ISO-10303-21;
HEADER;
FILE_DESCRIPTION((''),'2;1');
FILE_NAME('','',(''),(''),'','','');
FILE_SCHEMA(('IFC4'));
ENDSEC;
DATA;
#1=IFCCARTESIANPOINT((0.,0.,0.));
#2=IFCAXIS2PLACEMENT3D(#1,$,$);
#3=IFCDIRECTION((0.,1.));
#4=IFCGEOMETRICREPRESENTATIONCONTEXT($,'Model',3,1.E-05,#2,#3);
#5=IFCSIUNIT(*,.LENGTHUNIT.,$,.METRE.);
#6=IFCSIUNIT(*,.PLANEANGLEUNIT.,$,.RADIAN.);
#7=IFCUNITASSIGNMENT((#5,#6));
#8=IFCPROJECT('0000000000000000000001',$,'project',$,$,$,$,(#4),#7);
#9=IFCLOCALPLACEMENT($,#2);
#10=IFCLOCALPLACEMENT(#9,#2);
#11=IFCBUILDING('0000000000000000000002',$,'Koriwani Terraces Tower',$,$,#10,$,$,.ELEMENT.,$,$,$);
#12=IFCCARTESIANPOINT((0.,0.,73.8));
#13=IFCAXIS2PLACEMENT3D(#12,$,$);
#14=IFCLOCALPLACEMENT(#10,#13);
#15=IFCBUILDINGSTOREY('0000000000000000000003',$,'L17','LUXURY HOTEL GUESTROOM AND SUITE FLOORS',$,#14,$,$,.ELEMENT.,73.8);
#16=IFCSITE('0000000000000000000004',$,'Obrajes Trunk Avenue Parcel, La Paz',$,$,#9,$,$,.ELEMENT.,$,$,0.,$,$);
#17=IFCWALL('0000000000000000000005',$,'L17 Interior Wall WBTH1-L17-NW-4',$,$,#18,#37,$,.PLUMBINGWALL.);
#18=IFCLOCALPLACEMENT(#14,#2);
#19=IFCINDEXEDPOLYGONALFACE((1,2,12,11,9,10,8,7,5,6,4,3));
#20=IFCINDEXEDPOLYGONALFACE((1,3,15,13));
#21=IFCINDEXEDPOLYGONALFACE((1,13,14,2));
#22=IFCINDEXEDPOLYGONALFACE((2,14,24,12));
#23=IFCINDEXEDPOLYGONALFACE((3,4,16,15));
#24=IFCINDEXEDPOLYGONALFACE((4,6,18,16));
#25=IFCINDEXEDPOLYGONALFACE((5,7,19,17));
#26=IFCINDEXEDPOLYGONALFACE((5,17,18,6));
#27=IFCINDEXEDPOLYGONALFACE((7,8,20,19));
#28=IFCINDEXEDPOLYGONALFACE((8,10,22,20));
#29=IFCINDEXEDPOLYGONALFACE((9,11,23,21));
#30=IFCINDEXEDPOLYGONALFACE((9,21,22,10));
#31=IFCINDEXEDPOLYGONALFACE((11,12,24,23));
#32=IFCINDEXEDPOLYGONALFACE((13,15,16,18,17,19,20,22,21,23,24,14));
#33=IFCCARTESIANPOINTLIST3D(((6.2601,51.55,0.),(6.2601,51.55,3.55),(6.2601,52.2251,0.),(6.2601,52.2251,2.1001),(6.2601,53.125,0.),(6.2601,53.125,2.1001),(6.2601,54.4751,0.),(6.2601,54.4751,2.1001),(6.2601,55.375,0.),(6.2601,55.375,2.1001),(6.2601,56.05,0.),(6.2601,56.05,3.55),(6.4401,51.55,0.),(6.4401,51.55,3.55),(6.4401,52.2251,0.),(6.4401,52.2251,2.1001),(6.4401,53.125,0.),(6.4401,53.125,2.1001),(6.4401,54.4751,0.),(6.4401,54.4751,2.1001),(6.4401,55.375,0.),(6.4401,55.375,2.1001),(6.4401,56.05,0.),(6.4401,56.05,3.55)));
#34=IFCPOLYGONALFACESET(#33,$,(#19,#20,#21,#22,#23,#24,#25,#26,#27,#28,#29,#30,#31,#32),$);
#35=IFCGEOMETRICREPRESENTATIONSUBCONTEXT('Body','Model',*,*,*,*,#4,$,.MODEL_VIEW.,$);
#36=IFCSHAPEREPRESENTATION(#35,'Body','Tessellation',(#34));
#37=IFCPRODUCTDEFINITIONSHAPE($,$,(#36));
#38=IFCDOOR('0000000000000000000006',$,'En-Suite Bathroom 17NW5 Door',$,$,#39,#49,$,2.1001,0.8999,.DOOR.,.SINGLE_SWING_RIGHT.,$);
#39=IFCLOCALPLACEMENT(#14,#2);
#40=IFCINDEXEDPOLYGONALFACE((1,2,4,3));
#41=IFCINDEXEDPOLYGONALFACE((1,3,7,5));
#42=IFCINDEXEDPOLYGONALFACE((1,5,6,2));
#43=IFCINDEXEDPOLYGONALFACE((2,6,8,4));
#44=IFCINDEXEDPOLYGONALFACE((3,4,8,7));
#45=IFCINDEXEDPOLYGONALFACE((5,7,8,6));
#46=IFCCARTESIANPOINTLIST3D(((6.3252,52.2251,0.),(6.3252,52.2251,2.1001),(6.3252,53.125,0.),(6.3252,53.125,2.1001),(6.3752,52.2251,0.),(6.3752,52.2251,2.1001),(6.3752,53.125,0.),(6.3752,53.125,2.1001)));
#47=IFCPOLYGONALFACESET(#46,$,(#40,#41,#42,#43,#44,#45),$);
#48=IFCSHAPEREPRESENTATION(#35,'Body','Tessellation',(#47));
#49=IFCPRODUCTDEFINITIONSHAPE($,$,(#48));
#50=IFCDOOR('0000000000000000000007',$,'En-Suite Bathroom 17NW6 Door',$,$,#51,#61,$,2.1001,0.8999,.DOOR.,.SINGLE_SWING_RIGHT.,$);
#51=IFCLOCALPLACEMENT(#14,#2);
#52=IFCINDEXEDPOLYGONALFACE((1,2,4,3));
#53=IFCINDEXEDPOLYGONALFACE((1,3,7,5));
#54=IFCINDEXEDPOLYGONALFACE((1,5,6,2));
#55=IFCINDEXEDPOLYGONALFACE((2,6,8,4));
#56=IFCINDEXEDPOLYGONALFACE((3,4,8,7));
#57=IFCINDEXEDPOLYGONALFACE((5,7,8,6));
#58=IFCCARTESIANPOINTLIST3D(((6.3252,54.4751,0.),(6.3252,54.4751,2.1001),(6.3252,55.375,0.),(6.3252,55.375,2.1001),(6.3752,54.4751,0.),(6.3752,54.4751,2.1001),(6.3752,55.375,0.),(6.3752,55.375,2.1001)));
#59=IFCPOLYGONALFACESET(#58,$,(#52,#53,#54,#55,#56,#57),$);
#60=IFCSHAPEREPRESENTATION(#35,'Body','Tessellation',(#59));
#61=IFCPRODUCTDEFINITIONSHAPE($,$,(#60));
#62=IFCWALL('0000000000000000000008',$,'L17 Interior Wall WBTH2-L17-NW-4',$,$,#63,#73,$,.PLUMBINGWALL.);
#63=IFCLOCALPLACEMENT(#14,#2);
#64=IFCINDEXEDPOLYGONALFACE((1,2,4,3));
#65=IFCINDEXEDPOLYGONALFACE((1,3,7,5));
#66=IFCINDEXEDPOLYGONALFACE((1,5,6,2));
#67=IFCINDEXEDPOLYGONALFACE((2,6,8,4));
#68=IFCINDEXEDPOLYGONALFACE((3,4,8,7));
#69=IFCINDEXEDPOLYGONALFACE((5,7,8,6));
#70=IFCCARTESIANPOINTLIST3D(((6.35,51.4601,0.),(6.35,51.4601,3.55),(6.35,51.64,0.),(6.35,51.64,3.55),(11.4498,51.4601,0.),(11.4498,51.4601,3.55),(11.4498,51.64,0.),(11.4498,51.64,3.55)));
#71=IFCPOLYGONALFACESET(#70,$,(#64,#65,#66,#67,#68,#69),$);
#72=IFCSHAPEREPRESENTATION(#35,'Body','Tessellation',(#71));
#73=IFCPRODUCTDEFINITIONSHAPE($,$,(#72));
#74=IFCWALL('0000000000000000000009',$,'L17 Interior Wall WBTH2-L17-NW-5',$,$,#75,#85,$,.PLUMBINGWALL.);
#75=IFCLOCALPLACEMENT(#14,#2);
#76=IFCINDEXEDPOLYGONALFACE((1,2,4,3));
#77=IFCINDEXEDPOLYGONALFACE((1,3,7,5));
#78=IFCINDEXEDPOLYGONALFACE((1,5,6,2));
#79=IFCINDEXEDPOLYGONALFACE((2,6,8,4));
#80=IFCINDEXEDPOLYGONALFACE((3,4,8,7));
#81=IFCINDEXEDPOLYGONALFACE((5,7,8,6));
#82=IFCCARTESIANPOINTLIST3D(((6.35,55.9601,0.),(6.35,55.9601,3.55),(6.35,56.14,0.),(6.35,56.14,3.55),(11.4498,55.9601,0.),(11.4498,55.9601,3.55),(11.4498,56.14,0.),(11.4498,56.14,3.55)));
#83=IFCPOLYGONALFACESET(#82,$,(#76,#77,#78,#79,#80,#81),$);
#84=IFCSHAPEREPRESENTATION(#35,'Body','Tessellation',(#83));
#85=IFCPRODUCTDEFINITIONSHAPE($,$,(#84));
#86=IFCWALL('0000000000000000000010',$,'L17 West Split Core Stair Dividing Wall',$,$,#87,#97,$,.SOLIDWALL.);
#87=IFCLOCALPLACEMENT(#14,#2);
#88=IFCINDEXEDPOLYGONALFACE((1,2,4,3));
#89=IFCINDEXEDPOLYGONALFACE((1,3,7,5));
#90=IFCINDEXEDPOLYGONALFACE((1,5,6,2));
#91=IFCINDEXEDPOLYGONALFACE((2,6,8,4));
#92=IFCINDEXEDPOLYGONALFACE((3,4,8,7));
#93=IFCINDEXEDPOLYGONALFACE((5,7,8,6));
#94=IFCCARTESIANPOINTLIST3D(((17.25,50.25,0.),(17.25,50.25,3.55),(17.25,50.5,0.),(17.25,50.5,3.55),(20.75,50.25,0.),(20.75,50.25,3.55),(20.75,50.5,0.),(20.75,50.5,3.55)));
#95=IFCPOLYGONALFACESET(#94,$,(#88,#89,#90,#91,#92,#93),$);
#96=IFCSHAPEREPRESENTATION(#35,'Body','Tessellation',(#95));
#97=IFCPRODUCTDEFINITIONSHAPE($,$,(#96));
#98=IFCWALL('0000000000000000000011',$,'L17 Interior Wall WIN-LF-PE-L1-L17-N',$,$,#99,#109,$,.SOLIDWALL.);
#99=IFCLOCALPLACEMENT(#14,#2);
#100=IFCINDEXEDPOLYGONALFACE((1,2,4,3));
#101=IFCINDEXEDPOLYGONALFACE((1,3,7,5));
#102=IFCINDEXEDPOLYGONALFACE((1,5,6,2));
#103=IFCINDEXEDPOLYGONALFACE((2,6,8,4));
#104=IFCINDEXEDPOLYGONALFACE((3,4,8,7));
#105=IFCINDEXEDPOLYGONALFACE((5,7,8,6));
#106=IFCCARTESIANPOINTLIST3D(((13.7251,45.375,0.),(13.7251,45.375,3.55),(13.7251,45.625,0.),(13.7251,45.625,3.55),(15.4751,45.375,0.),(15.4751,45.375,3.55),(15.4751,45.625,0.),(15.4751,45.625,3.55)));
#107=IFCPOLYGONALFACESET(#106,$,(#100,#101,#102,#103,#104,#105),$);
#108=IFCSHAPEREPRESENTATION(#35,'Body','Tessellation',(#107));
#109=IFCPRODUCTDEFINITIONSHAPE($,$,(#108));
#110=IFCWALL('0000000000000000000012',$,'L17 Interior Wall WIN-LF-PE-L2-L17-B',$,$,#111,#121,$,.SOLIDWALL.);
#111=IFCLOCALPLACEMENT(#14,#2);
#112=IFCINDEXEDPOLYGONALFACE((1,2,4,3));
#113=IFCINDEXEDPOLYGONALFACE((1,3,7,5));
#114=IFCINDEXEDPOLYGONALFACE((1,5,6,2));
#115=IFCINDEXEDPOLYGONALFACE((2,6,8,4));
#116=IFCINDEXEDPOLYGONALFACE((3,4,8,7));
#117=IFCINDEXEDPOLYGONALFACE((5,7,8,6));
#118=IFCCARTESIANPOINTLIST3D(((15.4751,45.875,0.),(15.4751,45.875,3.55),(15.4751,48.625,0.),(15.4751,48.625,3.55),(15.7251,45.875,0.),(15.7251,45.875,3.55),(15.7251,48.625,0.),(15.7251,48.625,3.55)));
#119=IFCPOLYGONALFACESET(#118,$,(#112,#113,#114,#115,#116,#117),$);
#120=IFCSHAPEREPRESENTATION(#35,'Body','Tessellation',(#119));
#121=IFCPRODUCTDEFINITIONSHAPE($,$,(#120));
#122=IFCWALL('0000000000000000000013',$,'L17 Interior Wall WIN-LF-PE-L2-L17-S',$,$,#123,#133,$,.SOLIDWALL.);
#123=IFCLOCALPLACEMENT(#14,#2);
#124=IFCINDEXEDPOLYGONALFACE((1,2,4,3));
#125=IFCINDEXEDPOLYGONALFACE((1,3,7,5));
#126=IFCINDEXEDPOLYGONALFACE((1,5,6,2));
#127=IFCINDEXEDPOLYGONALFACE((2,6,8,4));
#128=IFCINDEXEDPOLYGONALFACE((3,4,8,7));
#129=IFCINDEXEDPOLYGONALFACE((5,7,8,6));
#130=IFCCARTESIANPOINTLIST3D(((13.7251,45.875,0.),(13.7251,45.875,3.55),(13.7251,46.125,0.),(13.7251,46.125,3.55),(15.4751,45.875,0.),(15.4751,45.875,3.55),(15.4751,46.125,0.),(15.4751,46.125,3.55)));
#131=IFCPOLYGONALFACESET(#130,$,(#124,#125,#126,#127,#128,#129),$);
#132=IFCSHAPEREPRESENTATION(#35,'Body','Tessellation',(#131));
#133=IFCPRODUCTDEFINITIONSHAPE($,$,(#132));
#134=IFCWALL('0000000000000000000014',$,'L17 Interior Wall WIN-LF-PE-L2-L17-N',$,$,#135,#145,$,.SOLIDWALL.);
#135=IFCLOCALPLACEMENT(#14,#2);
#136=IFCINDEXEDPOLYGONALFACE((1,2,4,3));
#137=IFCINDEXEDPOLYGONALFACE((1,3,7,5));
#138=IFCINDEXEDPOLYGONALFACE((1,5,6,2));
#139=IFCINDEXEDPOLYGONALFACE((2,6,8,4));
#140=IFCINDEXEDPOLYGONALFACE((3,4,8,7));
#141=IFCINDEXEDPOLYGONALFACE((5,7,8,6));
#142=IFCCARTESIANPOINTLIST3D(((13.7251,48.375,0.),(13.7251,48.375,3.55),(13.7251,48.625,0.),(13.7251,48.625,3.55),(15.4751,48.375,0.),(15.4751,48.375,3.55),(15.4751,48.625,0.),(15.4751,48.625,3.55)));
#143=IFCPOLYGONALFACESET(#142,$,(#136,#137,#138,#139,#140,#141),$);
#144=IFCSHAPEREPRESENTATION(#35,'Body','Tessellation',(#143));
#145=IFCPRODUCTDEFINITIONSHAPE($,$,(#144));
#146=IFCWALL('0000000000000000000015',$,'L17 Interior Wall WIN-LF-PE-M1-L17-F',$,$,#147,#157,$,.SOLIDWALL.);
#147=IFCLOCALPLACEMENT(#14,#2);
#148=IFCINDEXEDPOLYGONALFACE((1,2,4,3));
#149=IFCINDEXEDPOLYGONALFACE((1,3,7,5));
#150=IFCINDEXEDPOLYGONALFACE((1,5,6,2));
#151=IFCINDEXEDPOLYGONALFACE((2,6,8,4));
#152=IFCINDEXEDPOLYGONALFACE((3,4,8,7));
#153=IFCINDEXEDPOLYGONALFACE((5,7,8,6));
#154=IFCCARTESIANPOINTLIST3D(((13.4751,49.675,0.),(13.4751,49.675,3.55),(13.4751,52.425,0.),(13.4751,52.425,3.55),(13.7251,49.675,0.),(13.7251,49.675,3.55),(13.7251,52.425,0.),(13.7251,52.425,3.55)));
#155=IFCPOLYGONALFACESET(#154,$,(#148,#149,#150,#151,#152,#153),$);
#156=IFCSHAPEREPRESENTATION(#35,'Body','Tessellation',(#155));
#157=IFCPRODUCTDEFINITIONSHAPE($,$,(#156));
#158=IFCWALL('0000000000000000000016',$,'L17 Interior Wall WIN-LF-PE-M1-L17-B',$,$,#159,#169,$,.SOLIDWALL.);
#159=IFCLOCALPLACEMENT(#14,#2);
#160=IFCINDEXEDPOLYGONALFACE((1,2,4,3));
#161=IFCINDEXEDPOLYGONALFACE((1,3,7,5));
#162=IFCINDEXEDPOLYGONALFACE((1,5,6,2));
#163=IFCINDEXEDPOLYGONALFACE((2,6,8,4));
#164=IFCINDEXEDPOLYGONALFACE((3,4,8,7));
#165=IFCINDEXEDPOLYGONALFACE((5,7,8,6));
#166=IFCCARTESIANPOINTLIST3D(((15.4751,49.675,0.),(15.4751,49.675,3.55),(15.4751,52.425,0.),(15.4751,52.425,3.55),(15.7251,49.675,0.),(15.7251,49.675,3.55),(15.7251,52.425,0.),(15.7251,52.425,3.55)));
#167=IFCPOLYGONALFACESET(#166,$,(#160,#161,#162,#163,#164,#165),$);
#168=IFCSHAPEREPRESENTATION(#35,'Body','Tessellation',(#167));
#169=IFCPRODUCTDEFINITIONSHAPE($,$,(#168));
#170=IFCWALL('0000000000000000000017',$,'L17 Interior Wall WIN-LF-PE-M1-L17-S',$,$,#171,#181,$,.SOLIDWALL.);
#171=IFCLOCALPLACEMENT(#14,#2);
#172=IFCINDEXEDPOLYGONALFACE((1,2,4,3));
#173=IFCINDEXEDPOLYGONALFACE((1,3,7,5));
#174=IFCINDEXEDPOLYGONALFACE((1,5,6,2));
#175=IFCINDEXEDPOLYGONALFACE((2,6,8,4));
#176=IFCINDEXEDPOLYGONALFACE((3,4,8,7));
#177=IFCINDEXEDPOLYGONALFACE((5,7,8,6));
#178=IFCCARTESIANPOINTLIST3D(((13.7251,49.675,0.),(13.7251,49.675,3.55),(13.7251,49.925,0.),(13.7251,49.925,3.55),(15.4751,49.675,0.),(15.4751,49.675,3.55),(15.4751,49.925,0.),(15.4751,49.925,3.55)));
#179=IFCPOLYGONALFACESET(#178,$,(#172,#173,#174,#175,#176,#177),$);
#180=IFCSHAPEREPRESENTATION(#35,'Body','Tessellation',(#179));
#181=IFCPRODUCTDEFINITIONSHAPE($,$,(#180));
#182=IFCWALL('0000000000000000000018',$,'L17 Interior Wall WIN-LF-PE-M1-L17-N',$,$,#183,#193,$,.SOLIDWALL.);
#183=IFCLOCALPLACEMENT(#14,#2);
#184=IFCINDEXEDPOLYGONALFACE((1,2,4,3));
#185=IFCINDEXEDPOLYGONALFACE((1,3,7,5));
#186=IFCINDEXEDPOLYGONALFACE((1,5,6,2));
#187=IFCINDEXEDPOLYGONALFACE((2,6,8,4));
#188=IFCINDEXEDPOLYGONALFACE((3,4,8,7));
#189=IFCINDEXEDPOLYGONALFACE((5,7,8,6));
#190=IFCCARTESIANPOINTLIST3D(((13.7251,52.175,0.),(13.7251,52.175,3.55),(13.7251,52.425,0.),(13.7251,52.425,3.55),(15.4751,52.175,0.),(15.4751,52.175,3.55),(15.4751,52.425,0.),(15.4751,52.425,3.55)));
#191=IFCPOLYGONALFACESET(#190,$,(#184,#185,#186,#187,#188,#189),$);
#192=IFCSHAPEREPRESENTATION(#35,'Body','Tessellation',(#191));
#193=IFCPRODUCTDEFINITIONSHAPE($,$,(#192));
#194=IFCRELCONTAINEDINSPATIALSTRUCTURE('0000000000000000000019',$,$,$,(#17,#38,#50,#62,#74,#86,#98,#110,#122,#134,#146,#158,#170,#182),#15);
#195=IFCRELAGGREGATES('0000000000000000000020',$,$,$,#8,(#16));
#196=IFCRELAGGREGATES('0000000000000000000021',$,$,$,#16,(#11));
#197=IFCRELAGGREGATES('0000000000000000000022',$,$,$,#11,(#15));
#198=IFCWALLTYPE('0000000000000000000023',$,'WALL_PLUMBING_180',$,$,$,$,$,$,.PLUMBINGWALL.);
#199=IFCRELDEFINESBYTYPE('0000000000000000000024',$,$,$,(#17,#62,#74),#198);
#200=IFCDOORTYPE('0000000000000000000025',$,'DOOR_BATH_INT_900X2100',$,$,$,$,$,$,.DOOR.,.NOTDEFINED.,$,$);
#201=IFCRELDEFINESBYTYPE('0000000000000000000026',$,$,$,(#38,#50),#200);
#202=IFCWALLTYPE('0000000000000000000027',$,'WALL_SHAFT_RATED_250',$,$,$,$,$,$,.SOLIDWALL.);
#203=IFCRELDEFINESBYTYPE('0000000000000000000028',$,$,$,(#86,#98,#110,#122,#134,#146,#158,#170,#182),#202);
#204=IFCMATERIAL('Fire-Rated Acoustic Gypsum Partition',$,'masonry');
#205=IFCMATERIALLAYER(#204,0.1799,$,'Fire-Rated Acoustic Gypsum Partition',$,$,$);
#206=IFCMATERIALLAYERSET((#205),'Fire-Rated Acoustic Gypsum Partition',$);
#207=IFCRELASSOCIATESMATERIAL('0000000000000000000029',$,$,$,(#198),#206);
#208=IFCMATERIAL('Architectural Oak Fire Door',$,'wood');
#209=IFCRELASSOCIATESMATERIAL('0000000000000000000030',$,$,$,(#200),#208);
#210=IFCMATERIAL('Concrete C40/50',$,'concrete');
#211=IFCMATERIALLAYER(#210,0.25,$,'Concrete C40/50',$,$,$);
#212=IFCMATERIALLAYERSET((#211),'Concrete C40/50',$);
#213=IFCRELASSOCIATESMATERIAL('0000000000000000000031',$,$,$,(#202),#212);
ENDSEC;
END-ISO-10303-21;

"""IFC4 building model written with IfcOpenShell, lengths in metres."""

from ifc_helpers import new_model, si_unit, direction, frame, frame_2d, origin, place, context, subcontext, project, spatial, rectangle, extrude, material, layer, layer_set, type_object, element, fill, save


model = new_model("IFC4")

# Units and contexts
model_context = context("Model", 3, precision=1e-05, world=origin(), true_north=direction((0.0, 1.0)))
body_context = subcontext(model_context, "Body", "Model", "MODEL_VIEW")
ifc_project = project(units=[si_unit("LENGTHUNIT", "METRE"), si_unit("PLANEANGLEUNIT", "RADIAN")], contexts=[model_context])

# Site, building, storey
site_placement = place(None, origin())
site = spatial("IfcSite", under=ifc_project, at=site_placement, Name="Obrajes Trunk Avenue Parcel, La Paz", CompositionType="ELEMENT", RefElevation=0.0)
building_placement = place(site_placement, origin())
building = spatial("IfcBuilding", under=site, at=building_placement, Name="Koriwani Terraces Tower", CompositionType="ELEMENT")
storey_placement = place(building_placement, frame((0.0, 0.0, 73.8)))
storey = spatial("IfcBuildingStorey", under=building, at=storey_placement, Name="L17", Description="LUXURY HOTEL GUESTROOM AND SUITE FLOORS", CompositionType="ELEMENT", Elevation=73.8)

# Shared definitions
ifc_material_1 = material(Name="Concrete C40/50", Category="concrete")

# Wall, openings, doors
ifc_material_2 = material(Name="Fire-Rated Acoustic Gypsum Partition", Category="masonry")
ifc_layer_1 = layer(ifc_material_2, 0.1799, Name="Fire-Rated Acoustic Gypsum Partition")
ifc_layer_set_1 = layer_set([ifc_layer_1], Name="Fire-Rated Acoustic Gypsum Partition")
wall_type_1 = type_object("IfcWallType", Name="WALL_PLUMBING_180", PredefinedType="PLUMBINGWALL", material=ifc_layer_set_1)
wall_1_placement = place(storey_placement, frame((6.3501, 51.55, 0.0), z_axis=(0.0, 0.0, 1.0), x_axis=(0.0, 1.0, 0.0)))
wall_1 = element("IfcWall", 1, at=wall_1_placement, inside=storey, type_object=wall_type_1, Name="L17 Interior Wall WBTH1-L17-NW-4", PredefinedType="PLUMBINGWALL", context=body_context, shape_type="SweptSolid", body=[
    extrude(rectangle(XDim=4.5, YDim=0.1799, at=frame_2d((2.25, 0.0))), origin(), (0.0, 0.0, 1.0), 3.55),
])
opening_1_placement = place(wall_1_placement, frame((0.675, 0.0, 0.0)))
opening_1 = element("IfcOpeningElement", 2, at=opening_1_placement, cuts=wall_1, PredefinedType="OPENING", context=body_context, shape_type="SweptSolid", body=[
    extrude(rectangle(XDim=0.8999, YDim=2.1001, at=frame_2d((0.45, 1.05))), frame((0.0, 0.1001, 0.0), z_axis=(0.0, -1.0, 0.0), x_axis=(1.0, 0.0, 0.0)), (0.0, 0.0, 1.0), 0.2),
])
opening_2_placement = place(wall_1_placement, frame((2.925, 0.0, 0.0)))
opening_2 = element("IfcOpeningElement", 3, at=opening_2_placement, cuts=wall_1, PredefinedType="OPENING", context=body_context, shape_type="SweptSolid", body=[
    extrude(rectangle(XDim=0.8999, YDim=2.1001, at=frame_2d((0.45, 1.05))), frame((0.0, 0.1001, 0.0), z_axis=(0.0, -1.0, 0.0), x_axis=(1.0, 0.0, 0.0)), (0.0, 0.0, 1.0), 0.2),
])
ifc_material_3 = material(Name="Architectural Oak Fire Door", Category="wood")
door_type_1 = type_object("IfcDoorType", Name="DOOR_BATH_INT_900X2100", OperationType="NOTDEFINED", PredefinedType="DOOR", material=ifc_material_3)
door_1_placement = place(opening_1_placement, origin())
door_1 = element("IfcDoor", 4, at=door_1_placement, inside=storey, type_object=door_type_1, Name="En-Suite Bathroom 17NW5 Door", OperationType="SINGLE_SWING_RIGHT", OverallHeight=2.1001, OverallWidth=0.8999, PredefinedType="DOOR", context=body_context, shape_type="SweptSolid", body=[
    extrude(rectangle(XDim=0.8999, YDim=2.1001, at=frame_2d((0.45, 1.05))), frame((0.0, 0.0249, 0.0), z_axis=(0.0, -1.0, 0.0), x_axis=(1.0, 0.0, 0.0)), (0.0, 0.0, 1.0), 0.05),
])
fill(opening_1, door_1)
door_2_placement = place(opening_2_placement, origin())
door_2 = element("IfcDoor", 5, at=door_2_placement, inside=storey, type_object=door_type_1, Name="En-Suite Bathroom 17NW6 Door", OperationType="SINGLE_SWING_RIGHT", OverallHeight=2.1001, OverallWidth=0.8999, PredefinedType="DOOR", context=body_context, shape_type="SweptSolid", body=[
    extrude(rectangle(XDim=0.8999, YDim=2.1001, at=frame_2d((0.45, 1.05))), frame((0.0, 0.0249, 0.0), z_axis=(0.0, -1.0, 0.0), x_axis=(1.0, 0.0, 0.0)), (0.0, 0.0, 1.0), 0.05),
])
fill(opening_2, door_2)

# Walls
for number, where, z_axis, x_axis, name in (
    (6, (6.3501, 51.55, 0.0), (0.0, 0.0, 1.0), (1.0, 0.0, 0.0), "L17 Interior Wall WBTH2-L17-NW-4"),
    (7, (6.3501, 56.05, 0.0), (0.0, 0.0, 1.0), (1.0, 0.0, 0.0), "L17 Interior Wall WBTH2-L17-NW-5"),
):
    element("IfcWall", number, at=place(storey_placement, frame(where, z_axis=z_axis, x_axis=x_axis)), inside=storey, type_object=wall_type_1, Name=name, PredefinedType="PLUMBINGWALL", context=body_context, shape_type="SweptSolid", body=[
        extrude(rectangle(XDim=5.0999, YDim=0.1799, at=frame_2d((2.5498, 0.0))), origin(), (0.0, 0.0, 1.0), 3.55),
    ])
ifc_layer_2 = layer(ifc_material_1, 0.25, Name="Concrete C40/50")
ifc_layer_set_2 = layer_set([ifc_layer_2], Name="Concrete C40/50")
wall_type_2 = type_object("IfcWallType", Name="WALL_SHAFT_RATED_250", PredefinedType="SOLIDWALL", material=ifc_layer_set_2)
wall_2_placement = place(storey_placement, frame((17.25, 50.375, 0.0), z_axis=(0.0, 0.0, 1.0), x_axis=(1.0, 0.0, 0.0)))
element("IfcWall", 8, at=wall_2_placement, inside=storey, type_object=wall_type_2, Name="L17 West Split Core Stair Dividing Wall", PredefinedType="SOLIDWALL", context=body_context, shape_type="SweptSolid", body=[
    extrude(rectangle(XDim=3.5, YDim=0.25, at=frame_2d((1.75, 0.0))), origin(), (0.0, 0.0, 1.0), 3.55),
])
wall_3_placement = place(storey_placement, frame((13.7251, 45.5, 0.0), z_axis=(0.0, 0.0, 1.0), x_axis=(1.0, 0.0, 0.0)))
element("IfcWall", 9, at=wall_3_placement, inside=storey, type_object=wall_type_2, Name="L17 Interior Wall WIN-LF-PE-L1-L17-N", PredefinedType="SOLIDWALL", context=body_context, shape_type="SweptSolid", body=[
    extrude(rectangle(XDim=1.75, YDim=0.25, at=frame_2d((0.875, 0.0))), origin(), (0.0, 0.0, 1.0), 3.55),
])

# Walls
wall_4_placement = place(storey_placement, frame((15.6001, 45.875, 0.0), z_axis=(0.0, 0.0, 1.0), x_axis=(0.0, 1.0, 0.0)))
element("IfcWall", 10, at=wall_4_placement, inside=storey, type_object=wall_type_2, Name="L17 Interior Wall WIN-LF-PE-L2-L17-B", PredefinedType="SOLIDWALL", context=body_context, shape_type="SweptSolid", body=[
    extrude(rectangle(XDim=2.75, YDim=0.25, at=frame_2d((1.375, 0.0))), origin(), (0.0, 0.0, 1.0), 3.55),
])
for number, where, z_axis, x_axis, name in (
    (11, (13.7251, 46.0, 0.0), (0.0, 0.0, 1.0), (1.0, 0.0, 0.0), "L17 Interior Wall WIN-LF-PE-L2-L17-S"),
    (12, (13.7251, 48.5, 0.0), (0.0, 0.0, 1.0), (1.0, 0.0, 0.0), "L17 Interior Wall WIN-LF-PE-L2-L17-N"),
):
    element("IfcWall", number, at=place(storey_placement, frame(where, z_axis=z_axis, x_axis=x_axis)), inside=storey, type_object=wall_type_2, Name=name, PredefinedType="SOLIDWALL", context=body_context, shape_type="SweptSolid", body=[
        extrude(rectangle(XDim=1.75, YDim=0.25, at=frame_2d((0.875, 0.0))), origin(), (0.0, 0.0, 1.0), 3.55),
    ])
for number, where, z_axis, x_axis, name in (
    (13, (13.6001, 49.675, 0.0), (0.0, 0.0, 1.0), (0.0, 1.0, 0.0), "L17 Interior Wall WIN-LF-PE-M1-L17-F"),
    (14, (15.6001, 49.675, 0.0), (0.0, 0.0, 1.0), (0.0, 1.0, 0.0), "L17 Interior Wall WIN-LF-PE-M1-L17-B"),
):
    element("IfcWall", number, at=place(storey_placement, frame(where, z_axis=z_axis, x_axis=x_axis)), inside=storey, type_object=wall_type_2, Name=name, PredefinedType="SOLIDWALL", context=body_context, shape_type="SweptSolid", body=[
        extrude(rectangle(XDim=2.75, YDim=0.25, at=frame_2d((1.375, 0.0))), origin(), (0.0, 0.0, 1.0), 3.55),
    ])
for number, where, z_axis, x_axis, name in (
    (15, (13.7251, 49.8, 0.0), (0.0, 0.0, 1.0), (1.0, 0.0, 0.0), "L17 Interior Wall WIN-LF-PE-M1-L17-S"),
    (16, (13.7251, 52.3, 0.0), (0.0, 0.0, 1.0), (1.0, 0.0, 0.0), "L17 Interior Wall WIN-LF-PE-M1-L17-N"),
):
    element("IfcWall", number, at=place(storey_placement, frame(where, z_axis=z_axis, x_axis=x_axis)), inside=storey, type_object=wall_type_2, Name=name, PredefinedType="SOLIDWALL", context=body_context, shape_type="SweptSolid", body=[
        extrude(rectangle(XDim=1.75, YDim=0.25, at=frame_2d((0.875, 0.0))), origin(), (0.0, 0.0, 1.0), 3.55),
    ])

save(model, "model.ifc")
